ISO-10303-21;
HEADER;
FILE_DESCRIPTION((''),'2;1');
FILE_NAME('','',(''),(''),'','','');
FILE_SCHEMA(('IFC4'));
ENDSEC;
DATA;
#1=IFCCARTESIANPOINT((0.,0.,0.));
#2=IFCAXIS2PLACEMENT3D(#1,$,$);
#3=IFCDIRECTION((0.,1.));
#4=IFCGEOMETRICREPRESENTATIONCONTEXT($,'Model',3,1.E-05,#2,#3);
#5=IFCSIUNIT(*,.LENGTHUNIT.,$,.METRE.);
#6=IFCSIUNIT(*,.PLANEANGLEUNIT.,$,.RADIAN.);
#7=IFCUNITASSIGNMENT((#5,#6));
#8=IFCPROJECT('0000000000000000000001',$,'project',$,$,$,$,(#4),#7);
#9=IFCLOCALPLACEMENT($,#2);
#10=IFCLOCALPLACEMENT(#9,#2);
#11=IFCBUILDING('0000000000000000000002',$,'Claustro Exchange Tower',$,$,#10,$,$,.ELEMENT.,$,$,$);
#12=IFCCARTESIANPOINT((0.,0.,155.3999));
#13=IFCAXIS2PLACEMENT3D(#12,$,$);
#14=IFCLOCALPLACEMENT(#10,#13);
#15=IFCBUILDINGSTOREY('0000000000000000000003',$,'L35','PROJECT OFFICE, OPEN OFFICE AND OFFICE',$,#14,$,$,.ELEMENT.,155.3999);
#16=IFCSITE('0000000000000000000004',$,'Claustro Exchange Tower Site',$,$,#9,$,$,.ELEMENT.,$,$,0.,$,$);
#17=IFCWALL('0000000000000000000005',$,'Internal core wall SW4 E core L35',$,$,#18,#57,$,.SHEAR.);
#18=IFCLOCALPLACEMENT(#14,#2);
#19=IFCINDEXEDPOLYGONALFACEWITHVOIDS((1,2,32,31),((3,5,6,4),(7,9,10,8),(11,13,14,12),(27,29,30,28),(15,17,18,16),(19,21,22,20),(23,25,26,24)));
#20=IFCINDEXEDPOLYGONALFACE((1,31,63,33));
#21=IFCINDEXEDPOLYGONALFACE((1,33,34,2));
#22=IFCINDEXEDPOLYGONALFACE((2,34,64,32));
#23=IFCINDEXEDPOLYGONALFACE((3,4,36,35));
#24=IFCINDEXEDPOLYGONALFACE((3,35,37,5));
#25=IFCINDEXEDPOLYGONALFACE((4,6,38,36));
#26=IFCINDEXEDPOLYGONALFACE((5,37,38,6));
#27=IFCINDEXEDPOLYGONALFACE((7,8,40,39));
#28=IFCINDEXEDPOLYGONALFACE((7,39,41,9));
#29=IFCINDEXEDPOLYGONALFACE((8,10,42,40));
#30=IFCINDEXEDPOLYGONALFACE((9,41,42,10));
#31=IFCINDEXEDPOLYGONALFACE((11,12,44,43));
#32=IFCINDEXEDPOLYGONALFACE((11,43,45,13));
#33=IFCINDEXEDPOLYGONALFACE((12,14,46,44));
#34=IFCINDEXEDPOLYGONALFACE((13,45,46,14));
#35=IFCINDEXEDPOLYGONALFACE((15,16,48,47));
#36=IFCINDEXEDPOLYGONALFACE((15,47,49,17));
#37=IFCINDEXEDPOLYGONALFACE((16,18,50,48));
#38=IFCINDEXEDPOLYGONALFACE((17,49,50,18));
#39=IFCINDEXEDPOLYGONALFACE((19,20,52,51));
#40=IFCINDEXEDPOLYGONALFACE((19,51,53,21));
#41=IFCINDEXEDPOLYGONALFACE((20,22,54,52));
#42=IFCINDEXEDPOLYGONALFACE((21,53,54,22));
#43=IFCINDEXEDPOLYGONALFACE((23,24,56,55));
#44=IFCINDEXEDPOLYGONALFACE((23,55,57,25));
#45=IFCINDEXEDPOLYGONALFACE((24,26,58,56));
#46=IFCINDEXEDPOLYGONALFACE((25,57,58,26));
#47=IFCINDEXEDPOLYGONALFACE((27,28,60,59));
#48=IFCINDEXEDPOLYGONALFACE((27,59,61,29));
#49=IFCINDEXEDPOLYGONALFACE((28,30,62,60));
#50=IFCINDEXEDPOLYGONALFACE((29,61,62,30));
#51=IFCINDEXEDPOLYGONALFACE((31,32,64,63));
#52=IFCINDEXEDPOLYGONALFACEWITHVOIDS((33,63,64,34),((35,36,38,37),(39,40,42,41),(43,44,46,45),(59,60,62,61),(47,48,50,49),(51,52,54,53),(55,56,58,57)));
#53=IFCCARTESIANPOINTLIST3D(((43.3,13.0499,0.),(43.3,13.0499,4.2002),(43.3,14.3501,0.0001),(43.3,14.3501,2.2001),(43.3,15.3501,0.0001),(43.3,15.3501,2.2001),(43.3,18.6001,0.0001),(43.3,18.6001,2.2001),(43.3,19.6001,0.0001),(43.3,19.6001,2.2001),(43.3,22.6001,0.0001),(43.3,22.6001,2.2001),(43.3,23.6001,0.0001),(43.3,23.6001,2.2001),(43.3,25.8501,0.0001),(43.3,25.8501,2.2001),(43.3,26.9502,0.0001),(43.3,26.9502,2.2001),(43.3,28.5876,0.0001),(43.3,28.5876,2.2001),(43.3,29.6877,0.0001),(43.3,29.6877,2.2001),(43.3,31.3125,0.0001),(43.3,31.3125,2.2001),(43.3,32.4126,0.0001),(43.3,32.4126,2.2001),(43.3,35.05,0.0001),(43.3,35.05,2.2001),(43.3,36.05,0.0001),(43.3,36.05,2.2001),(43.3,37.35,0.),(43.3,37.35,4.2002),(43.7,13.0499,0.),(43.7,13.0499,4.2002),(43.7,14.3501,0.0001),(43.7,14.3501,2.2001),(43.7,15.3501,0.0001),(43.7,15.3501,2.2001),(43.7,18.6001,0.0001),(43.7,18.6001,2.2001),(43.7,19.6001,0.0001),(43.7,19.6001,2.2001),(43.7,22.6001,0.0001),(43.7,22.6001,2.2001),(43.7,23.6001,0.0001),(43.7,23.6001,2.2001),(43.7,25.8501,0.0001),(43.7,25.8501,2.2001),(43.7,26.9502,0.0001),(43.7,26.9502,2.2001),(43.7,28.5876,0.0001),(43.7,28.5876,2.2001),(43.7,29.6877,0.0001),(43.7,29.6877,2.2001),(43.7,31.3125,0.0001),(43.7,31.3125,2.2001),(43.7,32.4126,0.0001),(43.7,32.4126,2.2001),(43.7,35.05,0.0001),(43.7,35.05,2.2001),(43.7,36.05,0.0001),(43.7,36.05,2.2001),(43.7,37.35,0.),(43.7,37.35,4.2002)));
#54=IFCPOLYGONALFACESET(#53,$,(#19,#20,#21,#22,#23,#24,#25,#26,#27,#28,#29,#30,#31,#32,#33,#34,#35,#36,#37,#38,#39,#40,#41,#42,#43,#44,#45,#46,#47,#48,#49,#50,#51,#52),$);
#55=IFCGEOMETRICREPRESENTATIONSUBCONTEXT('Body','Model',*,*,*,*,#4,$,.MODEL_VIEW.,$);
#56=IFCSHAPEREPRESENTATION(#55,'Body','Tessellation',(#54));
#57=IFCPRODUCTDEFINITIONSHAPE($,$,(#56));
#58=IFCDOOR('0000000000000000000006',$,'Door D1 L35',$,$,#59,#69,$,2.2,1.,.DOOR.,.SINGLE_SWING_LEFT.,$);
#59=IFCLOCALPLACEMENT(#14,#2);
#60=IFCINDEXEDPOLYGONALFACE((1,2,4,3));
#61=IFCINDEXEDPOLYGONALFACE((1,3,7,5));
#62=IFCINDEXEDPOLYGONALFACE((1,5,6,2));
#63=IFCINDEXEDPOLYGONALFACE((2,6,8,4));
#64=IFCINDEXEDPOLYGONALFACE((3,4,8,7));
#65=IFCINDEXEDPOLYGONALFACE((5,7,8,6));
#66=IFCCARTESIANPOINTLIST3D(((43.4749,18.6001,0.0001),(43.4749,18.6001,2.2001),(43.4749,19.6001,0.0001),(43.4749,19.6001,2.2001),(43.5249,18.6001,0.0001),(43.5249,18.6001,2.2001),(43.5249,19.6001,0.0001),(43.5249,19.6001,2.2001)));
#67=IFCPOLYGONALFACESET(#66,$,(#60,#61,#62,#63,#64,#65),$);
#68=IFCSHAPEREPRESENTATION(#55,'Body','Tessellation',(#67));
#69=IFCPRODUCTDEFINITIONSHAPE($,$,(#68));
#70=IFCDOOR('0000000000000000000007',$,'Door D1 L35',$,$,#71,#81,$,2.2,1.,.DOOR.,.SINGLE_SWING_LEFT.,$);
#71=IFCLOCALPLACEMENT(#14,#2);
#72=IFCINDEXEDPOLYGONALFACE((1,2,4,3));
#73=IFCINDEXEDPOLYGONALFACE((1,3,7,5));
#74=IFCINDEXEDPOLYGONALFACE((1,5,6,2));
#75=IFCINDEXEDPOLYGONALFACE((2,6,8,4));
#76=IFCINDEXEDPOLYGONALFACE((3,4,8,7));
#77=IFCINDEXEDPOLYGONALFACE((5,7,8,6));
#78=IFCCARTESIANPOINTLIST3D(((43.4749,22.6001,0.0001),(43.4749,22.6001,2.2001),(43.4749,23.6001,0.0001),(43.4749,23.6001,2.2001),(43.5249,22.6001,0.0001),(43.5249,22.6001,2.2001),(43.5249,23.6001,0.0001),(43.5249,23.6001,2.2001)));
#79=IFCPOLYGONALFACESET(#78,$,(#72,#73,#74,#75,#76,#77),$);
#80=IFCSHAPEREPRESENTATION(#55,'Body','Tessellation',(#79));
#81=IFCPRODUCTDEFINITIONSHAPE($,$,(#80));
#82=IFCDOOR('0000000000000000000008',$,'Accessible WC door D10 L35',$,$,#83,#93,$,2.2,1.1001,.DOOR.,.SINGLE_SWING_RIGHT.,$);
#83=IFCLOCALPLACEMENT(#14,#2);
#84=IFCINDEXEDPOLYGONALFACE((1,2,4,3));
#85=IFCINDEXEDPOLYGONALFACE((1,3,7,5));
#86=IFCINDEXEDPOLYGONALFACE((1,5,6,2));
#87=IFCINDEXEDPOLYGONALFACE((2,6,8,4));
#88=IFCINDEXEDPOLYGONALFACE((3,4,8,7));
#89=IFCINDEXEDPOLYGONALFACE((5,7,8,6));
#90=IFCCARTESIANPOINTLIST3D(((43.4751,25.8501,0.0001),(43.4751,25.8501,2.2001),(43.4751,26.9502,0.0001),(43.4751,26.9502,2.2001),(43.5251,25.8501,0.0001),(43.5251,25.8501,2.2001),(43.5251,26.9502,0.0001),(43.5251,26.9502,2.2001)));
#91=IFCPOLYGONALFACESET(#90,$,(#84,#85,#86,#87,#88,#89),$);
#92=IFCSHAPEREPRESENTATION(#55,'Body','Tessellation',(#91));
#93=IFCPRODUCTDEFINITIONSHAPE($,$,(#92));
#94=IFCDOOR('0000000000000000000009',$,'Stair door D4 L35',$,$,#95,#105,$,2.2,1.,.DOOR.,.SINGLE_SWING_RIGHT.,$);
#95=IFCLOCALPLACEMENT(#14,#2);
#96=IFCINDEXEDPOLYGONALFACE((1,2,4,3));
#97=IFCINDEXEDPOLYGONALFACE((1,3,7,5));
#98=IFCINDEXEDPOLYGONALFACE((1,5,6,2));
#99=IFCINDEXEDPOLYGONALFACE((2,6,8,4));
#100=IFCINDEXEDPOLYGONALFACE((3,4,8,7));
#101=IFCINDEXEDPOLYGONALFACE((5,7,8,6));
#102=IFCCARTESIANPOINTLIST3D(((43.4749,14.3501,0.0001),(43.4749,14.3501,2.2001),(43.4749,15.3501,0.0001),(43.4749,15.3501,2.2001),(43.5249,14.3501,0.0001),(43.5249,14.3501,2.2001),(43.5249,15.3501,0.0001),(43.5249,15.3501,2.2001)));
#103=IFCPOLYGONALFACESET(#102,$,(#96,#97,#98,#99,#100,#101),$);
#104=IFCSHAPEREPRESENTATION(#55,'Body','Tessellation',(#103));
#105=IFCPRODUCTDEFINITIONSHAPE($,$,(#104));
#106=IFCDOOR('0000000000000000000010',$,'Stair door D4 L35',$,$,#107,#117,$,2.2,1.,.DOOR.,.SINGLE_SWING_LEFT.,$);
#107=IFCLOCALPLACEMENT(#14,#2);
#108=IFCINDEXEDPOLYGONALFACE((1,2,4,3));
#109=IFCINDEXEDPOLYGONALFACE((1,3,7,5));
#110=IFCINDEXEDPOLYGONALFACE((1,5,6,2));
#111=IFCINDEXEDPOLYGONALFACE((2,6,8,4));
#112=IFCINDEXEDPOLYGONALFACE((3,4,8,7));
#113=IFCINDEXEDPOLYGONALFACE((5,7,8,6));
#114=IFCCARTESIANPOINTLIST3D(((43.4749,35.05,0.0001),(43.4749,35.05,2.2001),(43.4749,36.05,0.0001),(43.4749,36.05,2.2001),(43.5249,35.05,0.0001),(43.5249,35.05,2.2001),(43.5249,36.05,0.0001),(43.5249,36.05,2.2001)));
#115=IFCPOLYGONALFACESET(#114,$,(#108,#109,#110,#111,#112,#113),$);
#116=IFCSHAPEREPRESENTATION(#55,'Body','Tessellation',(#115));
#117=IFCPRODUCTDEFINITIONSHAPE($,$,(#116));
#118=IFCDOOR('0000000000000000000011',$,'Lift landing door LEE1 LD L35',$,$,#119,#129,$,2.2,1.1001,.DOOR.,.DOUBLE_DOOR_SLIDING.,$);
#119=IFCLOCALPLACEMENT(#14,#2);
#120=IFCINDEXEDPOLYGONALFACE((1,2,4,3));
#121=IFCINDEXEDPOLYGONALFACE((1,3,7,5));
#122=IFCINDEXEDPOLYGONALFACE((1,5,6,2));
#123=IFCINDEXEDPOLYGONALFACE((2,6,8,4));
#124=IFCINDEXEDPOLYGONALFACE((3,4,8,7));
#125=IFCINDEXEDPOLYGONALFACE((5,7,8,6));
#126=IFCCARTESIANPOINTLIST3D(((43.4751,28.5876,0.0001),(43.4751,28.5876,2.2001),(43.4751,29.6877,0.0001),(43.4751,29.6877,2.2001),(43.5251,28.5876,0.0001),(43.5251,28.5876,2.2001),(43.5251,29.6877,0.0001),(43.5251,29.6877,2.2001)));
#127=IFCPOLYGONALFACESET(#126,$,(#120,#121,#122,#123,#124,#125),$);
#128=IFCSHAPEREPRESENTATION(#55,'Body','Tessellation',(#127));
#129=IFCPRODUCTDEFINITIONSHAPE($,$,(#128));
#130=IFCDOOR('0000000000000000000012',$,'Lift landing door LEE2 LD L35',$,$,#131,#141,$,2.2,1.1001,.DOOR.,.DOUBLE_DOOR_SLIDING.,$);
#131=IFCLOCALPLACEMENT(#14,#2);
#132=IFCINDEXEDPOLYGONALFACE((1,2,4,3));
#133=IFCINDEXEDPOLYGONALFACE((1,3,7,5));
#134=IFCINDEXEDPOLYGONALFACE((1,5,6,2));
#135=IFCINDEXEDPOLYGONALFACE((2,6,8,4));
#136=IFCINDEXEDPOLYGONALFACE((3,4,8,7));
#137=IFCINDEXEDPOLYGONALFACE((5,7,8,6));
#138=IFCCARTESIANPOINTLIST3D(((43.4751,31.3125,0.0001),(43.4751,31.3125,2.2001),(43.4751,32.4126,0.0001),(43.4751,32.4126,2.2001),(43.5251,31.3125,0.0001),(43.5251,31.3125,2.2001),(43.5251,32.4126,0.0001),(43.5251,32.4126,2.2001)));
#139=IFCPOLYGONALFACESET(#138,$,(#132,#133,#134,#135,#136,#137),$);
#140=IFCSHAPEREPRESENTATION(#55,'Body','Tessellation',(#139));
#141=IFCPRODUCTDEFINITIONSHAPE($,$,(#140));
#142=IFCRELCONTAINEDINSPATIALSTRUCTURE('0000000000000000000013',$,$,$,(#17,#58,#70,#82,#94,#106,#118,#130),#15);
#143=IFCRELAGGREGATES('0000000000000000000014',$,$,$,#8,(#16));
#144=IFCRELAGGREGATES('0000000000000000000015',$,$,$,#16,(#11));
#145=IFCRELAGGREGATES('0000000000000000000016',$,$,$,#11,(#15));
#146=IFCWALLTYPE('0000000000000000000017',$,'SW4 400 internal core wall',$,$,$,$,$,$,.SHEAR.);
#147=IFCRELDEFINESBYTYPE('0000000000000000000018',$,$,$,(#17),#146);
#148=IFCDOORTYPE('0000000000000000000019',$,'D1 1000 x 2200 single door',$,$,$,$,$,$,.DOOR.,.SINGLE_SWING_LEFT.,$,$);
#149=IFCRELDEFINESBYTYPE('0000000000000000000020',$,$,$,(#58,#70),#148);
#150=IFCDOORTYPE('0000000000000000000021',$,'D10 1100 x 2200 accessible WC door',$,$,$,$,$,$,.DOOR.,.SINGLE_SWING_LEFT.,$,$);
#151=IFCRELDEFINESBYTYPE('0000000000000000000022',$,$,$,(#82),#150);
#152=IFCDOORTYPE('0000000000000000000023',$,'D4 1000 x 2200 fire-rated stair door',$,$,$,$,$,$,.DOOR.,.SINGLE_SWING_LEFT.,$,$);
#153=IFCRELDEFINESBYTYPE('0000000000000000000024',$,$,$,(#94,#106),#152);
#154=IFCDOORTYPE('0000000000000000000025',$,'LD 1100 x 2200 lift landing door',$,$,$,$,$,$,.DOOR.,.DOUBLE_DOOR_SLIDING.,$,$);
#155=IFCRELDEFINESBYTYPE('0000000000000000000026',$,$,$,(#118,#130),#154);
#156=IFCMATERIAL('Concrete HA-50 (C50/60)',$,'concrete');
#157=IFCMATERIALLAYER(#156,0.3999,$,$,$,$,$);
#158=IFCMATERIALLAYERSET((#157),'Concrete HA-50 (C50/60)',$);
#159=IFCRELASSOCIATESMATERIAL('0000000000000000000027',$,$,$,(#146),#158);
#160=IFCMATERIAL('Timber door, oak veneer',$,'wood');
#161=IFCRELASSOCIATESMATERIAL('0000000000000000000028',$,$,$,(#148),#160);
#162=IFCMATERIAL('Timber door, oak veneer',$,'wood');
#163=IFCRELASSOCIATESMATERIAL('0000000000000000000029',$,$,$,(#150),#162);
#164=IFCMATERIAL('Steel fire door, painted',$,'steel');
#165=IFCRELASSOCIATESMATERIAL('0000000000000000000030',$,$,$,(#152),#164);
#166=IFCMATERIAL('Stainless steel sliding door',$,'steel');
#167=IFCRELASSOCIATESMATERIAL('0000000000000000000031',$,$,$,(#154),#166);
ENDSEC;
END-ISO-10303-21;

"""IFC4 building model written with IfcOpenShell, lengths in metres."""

from ifc_helpers import new_model, si_unit, direction, frame, frame_2d, origin, place, context, subcontext, project, spatial, rectangle, extrude, material, layer, layer_set, type_object, element, fill, save


model = new_model("IFC4")

# Units and contexts
model_context = context("Model", 3, precision=1e-05, world=origin(), true_north=direction((0.0, 1.0)))
body_context = subcontext(model_context, "Body", "Model", "MODEL_VIEW")
ifc_project = project(units=[si_unit("LENGTHUNIT", "METRE"), si_unit("PLANEANGLEUNIT", "RADIAN")], contexts=[model_context])

# Site, building, storey
site_placement = place(None, origin())
site = spatial("IfcSite", under=ifc_project, at=site_placement, Name="Claustro Exchange Tower Site", CompositionType="ELEMENT", RefElevation=0.0)
building_placement = place(site_placement, origin())
building = spatial("IfcBuilding", under=site, at=building_placement, Name="Claustro Exchange Tower", CompositionType="ELEMENT")
storey_placement = place(building_placement, frame((0.0, 0.0, 155.3999)))
storey = spatial("IfcBuildingStorey", under=building, at=storey_placement, Name="L35", Description="PROJECT OFFICE, OPEN OFFICE AND OFFICE", CompositionType="ELEMENT", Elevation=155.3999)

# Wall, openings, doors
ifc_material_1 = material(Name="Concrete HA-50 (C50/60)", Category="concrete")
ifc_layer_1 = layer(ifc_material_1, 0.3999)
ifc_layer_set_1 = layer_set([ifc_layer_1], Name="Concrete HA-50 (C50/60)")
wall_type_1 = type_object("IfcWallType", Name="SW4 400 internal core wall", PredefinedType="SHEAR", material=ifc_layer_set_1)
wall_1_placement = place(storey_placement, frame((43.5, 13.05, 0.0), z_axis=(0.0, 0.0, 1.0), x_axis=(0.0, 1.0, 0.0)))
wall_1 = element("IfcWall", 1, at=wall_1_placement, inside=storey, type_object=wall_type_1, Name="Internal core wall SW4 E core L35", PredefinedType="SHEAR", context=body_context, shape_type="SweptSolid", body=[
    extrude(rectangle(XDim=24.3, YDim=0.3999, at=frame_2d((12.1499, 0.0))), origin(), (0.0, 0.0, 1.0), 4.2002),
])
opening_1_placement = place(wall_1_placement, frame((1.3, 0.0, 0.0)))
opening_1 = element("IfcOpeningElement", 2, at=opening_1_placement, cuts=wall_1, PredefinedType="OPENING", context=body_context, shape_type="SweptSolid", body=[
    extrude(rectangle(XDim=1.0, YDim=2.2, at=frame_2d((0.5, 1.1001))), frame((0.0, 0.21, 0.0), z_axis=(0.0, -1.0, 0.0), x_axis=(1.0, 0.0, 0.0)), (0.0, 0.0, 1.0), 0.4199),
])
opening_2_placement = place(wall_1_placement, frame((22.0, 0.0, 0.0)))
opening_2 = element("IfcOpeningElement", 3, at=opening_2_placement, cuts=wall_1, PredefinedType="OPENING", context=body_context, shape_type="SweptSolid", body=[
    extrude(rectangle(XDim=1.0, YDim=2.2, at=frame_2d((0.5, 1.1001))), frame((0.0, 0.21, 0.0), z_axis=(0.0, -1.0, 0.0), x_axis=(1.0, 0.0, 0.0)), (0.0, 0.0, 1.0), 0.4199),
])
opening_3_placement = place(wall_1_placement, frame((5.55, 0.0, 0.0)))
opening_3 = element("IfcOpeningElement", 4, at=opening_3_placement, cuts=wall_1, PredefinedType="OPENING", context=body_context, shape_type="SweptSolid", body=[
    extrude(rectangle(XDim=1.0, YDim=2.2, at=frame_2d((0.5, 1.1001))), frame((0.0, 0.21, 0.0), z_axis=(0.0, -1.0, 0.0), x_axis=(1.0, 0.0, 0.0)), (0.0, 0.0, 1.0), 0.4199),
])
opening_4_placement = place(wall_1_placement, frame((9.55, 0.0, 0.0)))
opening_4 = element("IfcOpeningElement", 5, at=opening_4_placement, cuts=wall_1, PredefinedType="OPENING", context=body_context, shape_type="SweptSolid", body=[
    extrude(rectangle(XDim=1.0, YDim=2.2, at=frame_2d((0.5, 1.1001))), frame((0.0, 0.21, 0.0), z_axis=(0.0, -1.0, 0.0), x_axis=(1.0, 0.0, 0.0)), (0.0, 0.0, 1.0), 0.4199),
])
opening_5_placement = place(wall_1_placement, frame((12.8, 0.0, 0.0)))
opening_5 = element("IfcOpeningElement", 6, at=opening_5_placement, cuts=wall_1, PredefinedType="OPENING", context=body_context, shape_type="SweptSolid", body=[
    extrude(rectangle(XDim=1.1001, YDim=2.2, at=frame_2d((0.55, 1.1001))), frame((0.0, 0.21, 0.0), z_axis=(0.0, -1.0, 0.0), x_axis=(1.0, 0.0, 0.0)), (0.0, 0.0, 1.0), 0.4199),
])
opening_6_placement = place(wall_1_placement, frame((15.5376, 0.0, 0.0)))
opening_6 = element("IfcOpeningElement", 7, at=opening_6_placement, cuts=wall_1, PredefinedType="OPENING", context=body_context, shape_type="SweptSolid", body=[
    extrude(rectangle(XDim=1.1001, YDim=2.2, at=frame_2d((0.55, 1.1001))), frame((0.0, 0.21, 0.0), z_axis=(0.0, -1.0, 0.0), x_axis=(1.0, 0.0, 0.0)), (0.0, 0.0, 1.0), 0.4199),
])
opening_7_placement = place(wall_1_placement, frame((18.2625, 0.0, 0.0)))
opening_7 = element("IfcOpeningElement", 8, at=opening_7_placement, cuts=wall_1, PredefinedType="OPENING", context=body_context, shape_type="SweptSolid", body=[
    extrude(rectangle(XDim=1.1001, YDim=2.2, at=frame_2d((0.55, 1.1001))), frame((0.0, 0.21, 0.0), z_axis=(0.0, -1.0, 0.0), x_axis=(1.0, 0.0, 0.0)), (0.0, 0.0, 1.0), 0.4199),
])
ifc_material_2 = material(Name="Timber door, oak veneer", Category="wood")
door_type_1 = type_object("IfcDoorType", Name="D1 1000 x 2200 single door", OperationType="SINGLE_SWING_LEFT", PredefinedType="DOOR", material=ifc_material_2)
door_1_placement = place(opening_3_placement, frame((1.0, 0.0, 0.0), z_axis=(0.0, 0.0, 1.0), x_axis=(-1.0, 0.0, 0.0)))
door_1 = element("IfcDoor", 9, at=door_1_placement, inside=storey, type_object=door_type_1, Name="Door D1 L35", OperationType="SINGLE_SWING_LEFT", OverallHeight=2.2, OverallWidth=1.0, PredefinedType="DOOR", context=body_context, shape_type="SweptSolid", body=[
    extrude(rectangle(XDim=1.0, YDim=2.2, at=frame_2d((0.5, 1.1001))), frame((0.0, 0.0249, 0.0), z_axis=(0.0, -1.0, 0.0), x_axis=(1.0, 0.0, 0.0)), (0.0, 0.0, 1.0), 0.05),
])
fill(opening_3, door_1)
door_2_placement = place(opening_4_placement, frame((1.0, 0.0, 0.0), z_axis=(0.0, 0.0, 1.0), x_axis=(-1.0, 0.0, 0.0)))
door_2 = element("IfcDoor", 10, at=door_2_placement, inside=storey, type_object=door_type_1, Name="Door D1 L35", OperationType="SINGLE_SWING_LEFT", OverallHeight=2.2, OverallWidth=1.0, PredefinedType="DOOR", context=body_context, shape_type="SweptSolid", body=[
    extrude(rectangle(XDim=1.0, YDim=2.2, at=frame_2d((0.5, 1.1001))), frame((0.0, 0.0249, 0.0), z_axis=(0.0, -1.0, 0.0), x_axis=(1.0, 0.0, 0.0)), (0.0, 0.0, 1.0), 0.05),
])
fill(opening_4, door_2)
ifc_material_3 = material(Name="Timber door, oak veneer", Category="wood")
door_type_2 = type_object("IfcDoorType", Name="D10 1100 x 2200 accessible WC door", OperationType="SINGLE_SWING_LEFT", PredefinedType="DOOR", material=ifc_material_3)
door_3_placement = place(opening_5_placement, origin())
door_3 = element("IfcDoor", 11, at=door_3_placement, inside=storey, type_object=door_type_2, Name="Accessible WC door D10 L35", OperationType="SINGLE_SWING_RIGHT", OverallHeight=2.2, OverallWidth=1.1001, PredefinedType="DOOR", context=body_context, shape_type="SweptSolid", body=[
    extrude(rectangle(XDim=1.1001, YDim=2.2, at=frame_2d((0.55, 1.1001))), frame((0.0, 0.0249, 0.0), z_axis=(0.0, -1.0, 0.0), x_axis=(1.0, 0.0, 0.0)), (0.0, 0.0, 1.0), 0.05),
])
fill(opening_5, door_3)
ifc_material_4 = material(Name="Steel fire door, painted", Category="steel")
door_type_3 = type_object("IfcDoorType", Name="D4 1000 x 2200 fire-rated stair door", OperationType="SINGLE_SWING_LEFT", PredefinedType="DOOR", material=ifc_material_4)
door_4_placement = place(opening_1_placement, frame((1.0, 0.0, 0.0), z_axis=(0.0, 0.0, 1.0), x_axis=(-1.0, 0.0, 0.0)))
door_4 = element("IfcDoor", 12, at=door_4_placement, inside=storey, type_object=door_type_3, Name="Stair door D4 L35", OperationType="SINGLE_SWING_RIGHT", OverallHeight=2.2, OverallWidth=1.0, PredefinedType="DOOR", context=body_context, shape_type="SweptSolid", body=[
    extrude(rectangle(XDim=1.0, YDim=2.2, at=frame_2d((0.5, 1.1001))), frame((0.0, 0.0249, 0.0), z_axis=(0.0, -1.0, 0.0), x_axis=(1.0, 0.0, 0.0)), (0.0, 0.0, 1.0), 0.05),
])
fill(opening_1, door_4)
door_5_placement = place(opening_2_placement, frame((1.0, 0.0, 0.0), z_axis=(0.0, 0.0, 1.0), x_axis=(-1.0, 0.0, 0.0)))
door_5 = element("IfcDoor", 13, at=door_5_placement, inside=storey, type_object=door_type_3, Name="Stair door D4 L35", OperationType="SINGLE_SWING_LEFT", OverallHeight=2.2, OverallWidth=1.0, PredefinedType="DOOR", context=body_context, shape_type="SweptSolid", body=[
    extrude(rectangle(XDim=1.0, YDim=2.2, at=frame_2d((0.5, 1.1001))), frame((0.0, 0.0249, 0.0), z_axis=(0.0, -1.0, 0.0), x_axis=(1.0, 0.0, 0.0)), (0.0, 0.0, 1.0), 0.05),
])
fill(opening_2, door_5)
ifc_material_5 = material(Name="Stainless steel sliding door", Category="steel")
door_type_4 = type_object("IfcDoorType", Name="LD 1100 x 2200 lift landing door", OperationType="DOUBLE_DOOR_SLIDING", PredefinedType="DOOR", material=ifc_material_5)
door_6_placement = place(opening_6_placement, origin())
door_6 = element("IfcDoor", 14, at=door_6_placement, inside=storey, type_object=door_type_4, Name="Lift landing door LEE1 LD L35", OperationType="DOUBLE_DOOR_SLIDING", OverallHeight=2.2, OverallWidth=1.1001, PredefinedType="DOOR", context=body_context, shape_type="SweptSolid", body=[
    extrude(rectangle(XDim=1.1001, YDim=2.2, at=frame_2d((0.55, 1.1001))), frame((0.0, 0.0249, 0.0), z_axis=(0.0, -1.0, 0.0), x_axis=(1.0, 0.0, 0.0)), (0.0, 0.0, 1.0), 0.05),
])
fill(opening_6, door_6)
door_7_placement = place(opening_7_placement, origin())
door_7 = element("IfcDoor", 15, at=door_7_placement, inside=storey, type_object=door_type_4, Name="Lift landing door LEE2 LD L35", OperationType="DOUBLE_DOOR_SLIDING", OverallHeight=2.2, OverallWidth=1.1001, PredefinedType="DOOR", context=body_context, shape_type="SweptSolid", body=[
    extrude(rectangle(XDim=1.1001, YDim=2.2, at=frame_2d((0.55, 1.1001))), frame((0.0, 0.0249, 0.0), z_axis=(0.0, -1.0, 0.0), x_axis=(1.0, 0.0, 0.0)), (0.0, 0.0, 1.0), 0.05),
])
fill(opening_7, door_7)

save(model, "model.ifc")
